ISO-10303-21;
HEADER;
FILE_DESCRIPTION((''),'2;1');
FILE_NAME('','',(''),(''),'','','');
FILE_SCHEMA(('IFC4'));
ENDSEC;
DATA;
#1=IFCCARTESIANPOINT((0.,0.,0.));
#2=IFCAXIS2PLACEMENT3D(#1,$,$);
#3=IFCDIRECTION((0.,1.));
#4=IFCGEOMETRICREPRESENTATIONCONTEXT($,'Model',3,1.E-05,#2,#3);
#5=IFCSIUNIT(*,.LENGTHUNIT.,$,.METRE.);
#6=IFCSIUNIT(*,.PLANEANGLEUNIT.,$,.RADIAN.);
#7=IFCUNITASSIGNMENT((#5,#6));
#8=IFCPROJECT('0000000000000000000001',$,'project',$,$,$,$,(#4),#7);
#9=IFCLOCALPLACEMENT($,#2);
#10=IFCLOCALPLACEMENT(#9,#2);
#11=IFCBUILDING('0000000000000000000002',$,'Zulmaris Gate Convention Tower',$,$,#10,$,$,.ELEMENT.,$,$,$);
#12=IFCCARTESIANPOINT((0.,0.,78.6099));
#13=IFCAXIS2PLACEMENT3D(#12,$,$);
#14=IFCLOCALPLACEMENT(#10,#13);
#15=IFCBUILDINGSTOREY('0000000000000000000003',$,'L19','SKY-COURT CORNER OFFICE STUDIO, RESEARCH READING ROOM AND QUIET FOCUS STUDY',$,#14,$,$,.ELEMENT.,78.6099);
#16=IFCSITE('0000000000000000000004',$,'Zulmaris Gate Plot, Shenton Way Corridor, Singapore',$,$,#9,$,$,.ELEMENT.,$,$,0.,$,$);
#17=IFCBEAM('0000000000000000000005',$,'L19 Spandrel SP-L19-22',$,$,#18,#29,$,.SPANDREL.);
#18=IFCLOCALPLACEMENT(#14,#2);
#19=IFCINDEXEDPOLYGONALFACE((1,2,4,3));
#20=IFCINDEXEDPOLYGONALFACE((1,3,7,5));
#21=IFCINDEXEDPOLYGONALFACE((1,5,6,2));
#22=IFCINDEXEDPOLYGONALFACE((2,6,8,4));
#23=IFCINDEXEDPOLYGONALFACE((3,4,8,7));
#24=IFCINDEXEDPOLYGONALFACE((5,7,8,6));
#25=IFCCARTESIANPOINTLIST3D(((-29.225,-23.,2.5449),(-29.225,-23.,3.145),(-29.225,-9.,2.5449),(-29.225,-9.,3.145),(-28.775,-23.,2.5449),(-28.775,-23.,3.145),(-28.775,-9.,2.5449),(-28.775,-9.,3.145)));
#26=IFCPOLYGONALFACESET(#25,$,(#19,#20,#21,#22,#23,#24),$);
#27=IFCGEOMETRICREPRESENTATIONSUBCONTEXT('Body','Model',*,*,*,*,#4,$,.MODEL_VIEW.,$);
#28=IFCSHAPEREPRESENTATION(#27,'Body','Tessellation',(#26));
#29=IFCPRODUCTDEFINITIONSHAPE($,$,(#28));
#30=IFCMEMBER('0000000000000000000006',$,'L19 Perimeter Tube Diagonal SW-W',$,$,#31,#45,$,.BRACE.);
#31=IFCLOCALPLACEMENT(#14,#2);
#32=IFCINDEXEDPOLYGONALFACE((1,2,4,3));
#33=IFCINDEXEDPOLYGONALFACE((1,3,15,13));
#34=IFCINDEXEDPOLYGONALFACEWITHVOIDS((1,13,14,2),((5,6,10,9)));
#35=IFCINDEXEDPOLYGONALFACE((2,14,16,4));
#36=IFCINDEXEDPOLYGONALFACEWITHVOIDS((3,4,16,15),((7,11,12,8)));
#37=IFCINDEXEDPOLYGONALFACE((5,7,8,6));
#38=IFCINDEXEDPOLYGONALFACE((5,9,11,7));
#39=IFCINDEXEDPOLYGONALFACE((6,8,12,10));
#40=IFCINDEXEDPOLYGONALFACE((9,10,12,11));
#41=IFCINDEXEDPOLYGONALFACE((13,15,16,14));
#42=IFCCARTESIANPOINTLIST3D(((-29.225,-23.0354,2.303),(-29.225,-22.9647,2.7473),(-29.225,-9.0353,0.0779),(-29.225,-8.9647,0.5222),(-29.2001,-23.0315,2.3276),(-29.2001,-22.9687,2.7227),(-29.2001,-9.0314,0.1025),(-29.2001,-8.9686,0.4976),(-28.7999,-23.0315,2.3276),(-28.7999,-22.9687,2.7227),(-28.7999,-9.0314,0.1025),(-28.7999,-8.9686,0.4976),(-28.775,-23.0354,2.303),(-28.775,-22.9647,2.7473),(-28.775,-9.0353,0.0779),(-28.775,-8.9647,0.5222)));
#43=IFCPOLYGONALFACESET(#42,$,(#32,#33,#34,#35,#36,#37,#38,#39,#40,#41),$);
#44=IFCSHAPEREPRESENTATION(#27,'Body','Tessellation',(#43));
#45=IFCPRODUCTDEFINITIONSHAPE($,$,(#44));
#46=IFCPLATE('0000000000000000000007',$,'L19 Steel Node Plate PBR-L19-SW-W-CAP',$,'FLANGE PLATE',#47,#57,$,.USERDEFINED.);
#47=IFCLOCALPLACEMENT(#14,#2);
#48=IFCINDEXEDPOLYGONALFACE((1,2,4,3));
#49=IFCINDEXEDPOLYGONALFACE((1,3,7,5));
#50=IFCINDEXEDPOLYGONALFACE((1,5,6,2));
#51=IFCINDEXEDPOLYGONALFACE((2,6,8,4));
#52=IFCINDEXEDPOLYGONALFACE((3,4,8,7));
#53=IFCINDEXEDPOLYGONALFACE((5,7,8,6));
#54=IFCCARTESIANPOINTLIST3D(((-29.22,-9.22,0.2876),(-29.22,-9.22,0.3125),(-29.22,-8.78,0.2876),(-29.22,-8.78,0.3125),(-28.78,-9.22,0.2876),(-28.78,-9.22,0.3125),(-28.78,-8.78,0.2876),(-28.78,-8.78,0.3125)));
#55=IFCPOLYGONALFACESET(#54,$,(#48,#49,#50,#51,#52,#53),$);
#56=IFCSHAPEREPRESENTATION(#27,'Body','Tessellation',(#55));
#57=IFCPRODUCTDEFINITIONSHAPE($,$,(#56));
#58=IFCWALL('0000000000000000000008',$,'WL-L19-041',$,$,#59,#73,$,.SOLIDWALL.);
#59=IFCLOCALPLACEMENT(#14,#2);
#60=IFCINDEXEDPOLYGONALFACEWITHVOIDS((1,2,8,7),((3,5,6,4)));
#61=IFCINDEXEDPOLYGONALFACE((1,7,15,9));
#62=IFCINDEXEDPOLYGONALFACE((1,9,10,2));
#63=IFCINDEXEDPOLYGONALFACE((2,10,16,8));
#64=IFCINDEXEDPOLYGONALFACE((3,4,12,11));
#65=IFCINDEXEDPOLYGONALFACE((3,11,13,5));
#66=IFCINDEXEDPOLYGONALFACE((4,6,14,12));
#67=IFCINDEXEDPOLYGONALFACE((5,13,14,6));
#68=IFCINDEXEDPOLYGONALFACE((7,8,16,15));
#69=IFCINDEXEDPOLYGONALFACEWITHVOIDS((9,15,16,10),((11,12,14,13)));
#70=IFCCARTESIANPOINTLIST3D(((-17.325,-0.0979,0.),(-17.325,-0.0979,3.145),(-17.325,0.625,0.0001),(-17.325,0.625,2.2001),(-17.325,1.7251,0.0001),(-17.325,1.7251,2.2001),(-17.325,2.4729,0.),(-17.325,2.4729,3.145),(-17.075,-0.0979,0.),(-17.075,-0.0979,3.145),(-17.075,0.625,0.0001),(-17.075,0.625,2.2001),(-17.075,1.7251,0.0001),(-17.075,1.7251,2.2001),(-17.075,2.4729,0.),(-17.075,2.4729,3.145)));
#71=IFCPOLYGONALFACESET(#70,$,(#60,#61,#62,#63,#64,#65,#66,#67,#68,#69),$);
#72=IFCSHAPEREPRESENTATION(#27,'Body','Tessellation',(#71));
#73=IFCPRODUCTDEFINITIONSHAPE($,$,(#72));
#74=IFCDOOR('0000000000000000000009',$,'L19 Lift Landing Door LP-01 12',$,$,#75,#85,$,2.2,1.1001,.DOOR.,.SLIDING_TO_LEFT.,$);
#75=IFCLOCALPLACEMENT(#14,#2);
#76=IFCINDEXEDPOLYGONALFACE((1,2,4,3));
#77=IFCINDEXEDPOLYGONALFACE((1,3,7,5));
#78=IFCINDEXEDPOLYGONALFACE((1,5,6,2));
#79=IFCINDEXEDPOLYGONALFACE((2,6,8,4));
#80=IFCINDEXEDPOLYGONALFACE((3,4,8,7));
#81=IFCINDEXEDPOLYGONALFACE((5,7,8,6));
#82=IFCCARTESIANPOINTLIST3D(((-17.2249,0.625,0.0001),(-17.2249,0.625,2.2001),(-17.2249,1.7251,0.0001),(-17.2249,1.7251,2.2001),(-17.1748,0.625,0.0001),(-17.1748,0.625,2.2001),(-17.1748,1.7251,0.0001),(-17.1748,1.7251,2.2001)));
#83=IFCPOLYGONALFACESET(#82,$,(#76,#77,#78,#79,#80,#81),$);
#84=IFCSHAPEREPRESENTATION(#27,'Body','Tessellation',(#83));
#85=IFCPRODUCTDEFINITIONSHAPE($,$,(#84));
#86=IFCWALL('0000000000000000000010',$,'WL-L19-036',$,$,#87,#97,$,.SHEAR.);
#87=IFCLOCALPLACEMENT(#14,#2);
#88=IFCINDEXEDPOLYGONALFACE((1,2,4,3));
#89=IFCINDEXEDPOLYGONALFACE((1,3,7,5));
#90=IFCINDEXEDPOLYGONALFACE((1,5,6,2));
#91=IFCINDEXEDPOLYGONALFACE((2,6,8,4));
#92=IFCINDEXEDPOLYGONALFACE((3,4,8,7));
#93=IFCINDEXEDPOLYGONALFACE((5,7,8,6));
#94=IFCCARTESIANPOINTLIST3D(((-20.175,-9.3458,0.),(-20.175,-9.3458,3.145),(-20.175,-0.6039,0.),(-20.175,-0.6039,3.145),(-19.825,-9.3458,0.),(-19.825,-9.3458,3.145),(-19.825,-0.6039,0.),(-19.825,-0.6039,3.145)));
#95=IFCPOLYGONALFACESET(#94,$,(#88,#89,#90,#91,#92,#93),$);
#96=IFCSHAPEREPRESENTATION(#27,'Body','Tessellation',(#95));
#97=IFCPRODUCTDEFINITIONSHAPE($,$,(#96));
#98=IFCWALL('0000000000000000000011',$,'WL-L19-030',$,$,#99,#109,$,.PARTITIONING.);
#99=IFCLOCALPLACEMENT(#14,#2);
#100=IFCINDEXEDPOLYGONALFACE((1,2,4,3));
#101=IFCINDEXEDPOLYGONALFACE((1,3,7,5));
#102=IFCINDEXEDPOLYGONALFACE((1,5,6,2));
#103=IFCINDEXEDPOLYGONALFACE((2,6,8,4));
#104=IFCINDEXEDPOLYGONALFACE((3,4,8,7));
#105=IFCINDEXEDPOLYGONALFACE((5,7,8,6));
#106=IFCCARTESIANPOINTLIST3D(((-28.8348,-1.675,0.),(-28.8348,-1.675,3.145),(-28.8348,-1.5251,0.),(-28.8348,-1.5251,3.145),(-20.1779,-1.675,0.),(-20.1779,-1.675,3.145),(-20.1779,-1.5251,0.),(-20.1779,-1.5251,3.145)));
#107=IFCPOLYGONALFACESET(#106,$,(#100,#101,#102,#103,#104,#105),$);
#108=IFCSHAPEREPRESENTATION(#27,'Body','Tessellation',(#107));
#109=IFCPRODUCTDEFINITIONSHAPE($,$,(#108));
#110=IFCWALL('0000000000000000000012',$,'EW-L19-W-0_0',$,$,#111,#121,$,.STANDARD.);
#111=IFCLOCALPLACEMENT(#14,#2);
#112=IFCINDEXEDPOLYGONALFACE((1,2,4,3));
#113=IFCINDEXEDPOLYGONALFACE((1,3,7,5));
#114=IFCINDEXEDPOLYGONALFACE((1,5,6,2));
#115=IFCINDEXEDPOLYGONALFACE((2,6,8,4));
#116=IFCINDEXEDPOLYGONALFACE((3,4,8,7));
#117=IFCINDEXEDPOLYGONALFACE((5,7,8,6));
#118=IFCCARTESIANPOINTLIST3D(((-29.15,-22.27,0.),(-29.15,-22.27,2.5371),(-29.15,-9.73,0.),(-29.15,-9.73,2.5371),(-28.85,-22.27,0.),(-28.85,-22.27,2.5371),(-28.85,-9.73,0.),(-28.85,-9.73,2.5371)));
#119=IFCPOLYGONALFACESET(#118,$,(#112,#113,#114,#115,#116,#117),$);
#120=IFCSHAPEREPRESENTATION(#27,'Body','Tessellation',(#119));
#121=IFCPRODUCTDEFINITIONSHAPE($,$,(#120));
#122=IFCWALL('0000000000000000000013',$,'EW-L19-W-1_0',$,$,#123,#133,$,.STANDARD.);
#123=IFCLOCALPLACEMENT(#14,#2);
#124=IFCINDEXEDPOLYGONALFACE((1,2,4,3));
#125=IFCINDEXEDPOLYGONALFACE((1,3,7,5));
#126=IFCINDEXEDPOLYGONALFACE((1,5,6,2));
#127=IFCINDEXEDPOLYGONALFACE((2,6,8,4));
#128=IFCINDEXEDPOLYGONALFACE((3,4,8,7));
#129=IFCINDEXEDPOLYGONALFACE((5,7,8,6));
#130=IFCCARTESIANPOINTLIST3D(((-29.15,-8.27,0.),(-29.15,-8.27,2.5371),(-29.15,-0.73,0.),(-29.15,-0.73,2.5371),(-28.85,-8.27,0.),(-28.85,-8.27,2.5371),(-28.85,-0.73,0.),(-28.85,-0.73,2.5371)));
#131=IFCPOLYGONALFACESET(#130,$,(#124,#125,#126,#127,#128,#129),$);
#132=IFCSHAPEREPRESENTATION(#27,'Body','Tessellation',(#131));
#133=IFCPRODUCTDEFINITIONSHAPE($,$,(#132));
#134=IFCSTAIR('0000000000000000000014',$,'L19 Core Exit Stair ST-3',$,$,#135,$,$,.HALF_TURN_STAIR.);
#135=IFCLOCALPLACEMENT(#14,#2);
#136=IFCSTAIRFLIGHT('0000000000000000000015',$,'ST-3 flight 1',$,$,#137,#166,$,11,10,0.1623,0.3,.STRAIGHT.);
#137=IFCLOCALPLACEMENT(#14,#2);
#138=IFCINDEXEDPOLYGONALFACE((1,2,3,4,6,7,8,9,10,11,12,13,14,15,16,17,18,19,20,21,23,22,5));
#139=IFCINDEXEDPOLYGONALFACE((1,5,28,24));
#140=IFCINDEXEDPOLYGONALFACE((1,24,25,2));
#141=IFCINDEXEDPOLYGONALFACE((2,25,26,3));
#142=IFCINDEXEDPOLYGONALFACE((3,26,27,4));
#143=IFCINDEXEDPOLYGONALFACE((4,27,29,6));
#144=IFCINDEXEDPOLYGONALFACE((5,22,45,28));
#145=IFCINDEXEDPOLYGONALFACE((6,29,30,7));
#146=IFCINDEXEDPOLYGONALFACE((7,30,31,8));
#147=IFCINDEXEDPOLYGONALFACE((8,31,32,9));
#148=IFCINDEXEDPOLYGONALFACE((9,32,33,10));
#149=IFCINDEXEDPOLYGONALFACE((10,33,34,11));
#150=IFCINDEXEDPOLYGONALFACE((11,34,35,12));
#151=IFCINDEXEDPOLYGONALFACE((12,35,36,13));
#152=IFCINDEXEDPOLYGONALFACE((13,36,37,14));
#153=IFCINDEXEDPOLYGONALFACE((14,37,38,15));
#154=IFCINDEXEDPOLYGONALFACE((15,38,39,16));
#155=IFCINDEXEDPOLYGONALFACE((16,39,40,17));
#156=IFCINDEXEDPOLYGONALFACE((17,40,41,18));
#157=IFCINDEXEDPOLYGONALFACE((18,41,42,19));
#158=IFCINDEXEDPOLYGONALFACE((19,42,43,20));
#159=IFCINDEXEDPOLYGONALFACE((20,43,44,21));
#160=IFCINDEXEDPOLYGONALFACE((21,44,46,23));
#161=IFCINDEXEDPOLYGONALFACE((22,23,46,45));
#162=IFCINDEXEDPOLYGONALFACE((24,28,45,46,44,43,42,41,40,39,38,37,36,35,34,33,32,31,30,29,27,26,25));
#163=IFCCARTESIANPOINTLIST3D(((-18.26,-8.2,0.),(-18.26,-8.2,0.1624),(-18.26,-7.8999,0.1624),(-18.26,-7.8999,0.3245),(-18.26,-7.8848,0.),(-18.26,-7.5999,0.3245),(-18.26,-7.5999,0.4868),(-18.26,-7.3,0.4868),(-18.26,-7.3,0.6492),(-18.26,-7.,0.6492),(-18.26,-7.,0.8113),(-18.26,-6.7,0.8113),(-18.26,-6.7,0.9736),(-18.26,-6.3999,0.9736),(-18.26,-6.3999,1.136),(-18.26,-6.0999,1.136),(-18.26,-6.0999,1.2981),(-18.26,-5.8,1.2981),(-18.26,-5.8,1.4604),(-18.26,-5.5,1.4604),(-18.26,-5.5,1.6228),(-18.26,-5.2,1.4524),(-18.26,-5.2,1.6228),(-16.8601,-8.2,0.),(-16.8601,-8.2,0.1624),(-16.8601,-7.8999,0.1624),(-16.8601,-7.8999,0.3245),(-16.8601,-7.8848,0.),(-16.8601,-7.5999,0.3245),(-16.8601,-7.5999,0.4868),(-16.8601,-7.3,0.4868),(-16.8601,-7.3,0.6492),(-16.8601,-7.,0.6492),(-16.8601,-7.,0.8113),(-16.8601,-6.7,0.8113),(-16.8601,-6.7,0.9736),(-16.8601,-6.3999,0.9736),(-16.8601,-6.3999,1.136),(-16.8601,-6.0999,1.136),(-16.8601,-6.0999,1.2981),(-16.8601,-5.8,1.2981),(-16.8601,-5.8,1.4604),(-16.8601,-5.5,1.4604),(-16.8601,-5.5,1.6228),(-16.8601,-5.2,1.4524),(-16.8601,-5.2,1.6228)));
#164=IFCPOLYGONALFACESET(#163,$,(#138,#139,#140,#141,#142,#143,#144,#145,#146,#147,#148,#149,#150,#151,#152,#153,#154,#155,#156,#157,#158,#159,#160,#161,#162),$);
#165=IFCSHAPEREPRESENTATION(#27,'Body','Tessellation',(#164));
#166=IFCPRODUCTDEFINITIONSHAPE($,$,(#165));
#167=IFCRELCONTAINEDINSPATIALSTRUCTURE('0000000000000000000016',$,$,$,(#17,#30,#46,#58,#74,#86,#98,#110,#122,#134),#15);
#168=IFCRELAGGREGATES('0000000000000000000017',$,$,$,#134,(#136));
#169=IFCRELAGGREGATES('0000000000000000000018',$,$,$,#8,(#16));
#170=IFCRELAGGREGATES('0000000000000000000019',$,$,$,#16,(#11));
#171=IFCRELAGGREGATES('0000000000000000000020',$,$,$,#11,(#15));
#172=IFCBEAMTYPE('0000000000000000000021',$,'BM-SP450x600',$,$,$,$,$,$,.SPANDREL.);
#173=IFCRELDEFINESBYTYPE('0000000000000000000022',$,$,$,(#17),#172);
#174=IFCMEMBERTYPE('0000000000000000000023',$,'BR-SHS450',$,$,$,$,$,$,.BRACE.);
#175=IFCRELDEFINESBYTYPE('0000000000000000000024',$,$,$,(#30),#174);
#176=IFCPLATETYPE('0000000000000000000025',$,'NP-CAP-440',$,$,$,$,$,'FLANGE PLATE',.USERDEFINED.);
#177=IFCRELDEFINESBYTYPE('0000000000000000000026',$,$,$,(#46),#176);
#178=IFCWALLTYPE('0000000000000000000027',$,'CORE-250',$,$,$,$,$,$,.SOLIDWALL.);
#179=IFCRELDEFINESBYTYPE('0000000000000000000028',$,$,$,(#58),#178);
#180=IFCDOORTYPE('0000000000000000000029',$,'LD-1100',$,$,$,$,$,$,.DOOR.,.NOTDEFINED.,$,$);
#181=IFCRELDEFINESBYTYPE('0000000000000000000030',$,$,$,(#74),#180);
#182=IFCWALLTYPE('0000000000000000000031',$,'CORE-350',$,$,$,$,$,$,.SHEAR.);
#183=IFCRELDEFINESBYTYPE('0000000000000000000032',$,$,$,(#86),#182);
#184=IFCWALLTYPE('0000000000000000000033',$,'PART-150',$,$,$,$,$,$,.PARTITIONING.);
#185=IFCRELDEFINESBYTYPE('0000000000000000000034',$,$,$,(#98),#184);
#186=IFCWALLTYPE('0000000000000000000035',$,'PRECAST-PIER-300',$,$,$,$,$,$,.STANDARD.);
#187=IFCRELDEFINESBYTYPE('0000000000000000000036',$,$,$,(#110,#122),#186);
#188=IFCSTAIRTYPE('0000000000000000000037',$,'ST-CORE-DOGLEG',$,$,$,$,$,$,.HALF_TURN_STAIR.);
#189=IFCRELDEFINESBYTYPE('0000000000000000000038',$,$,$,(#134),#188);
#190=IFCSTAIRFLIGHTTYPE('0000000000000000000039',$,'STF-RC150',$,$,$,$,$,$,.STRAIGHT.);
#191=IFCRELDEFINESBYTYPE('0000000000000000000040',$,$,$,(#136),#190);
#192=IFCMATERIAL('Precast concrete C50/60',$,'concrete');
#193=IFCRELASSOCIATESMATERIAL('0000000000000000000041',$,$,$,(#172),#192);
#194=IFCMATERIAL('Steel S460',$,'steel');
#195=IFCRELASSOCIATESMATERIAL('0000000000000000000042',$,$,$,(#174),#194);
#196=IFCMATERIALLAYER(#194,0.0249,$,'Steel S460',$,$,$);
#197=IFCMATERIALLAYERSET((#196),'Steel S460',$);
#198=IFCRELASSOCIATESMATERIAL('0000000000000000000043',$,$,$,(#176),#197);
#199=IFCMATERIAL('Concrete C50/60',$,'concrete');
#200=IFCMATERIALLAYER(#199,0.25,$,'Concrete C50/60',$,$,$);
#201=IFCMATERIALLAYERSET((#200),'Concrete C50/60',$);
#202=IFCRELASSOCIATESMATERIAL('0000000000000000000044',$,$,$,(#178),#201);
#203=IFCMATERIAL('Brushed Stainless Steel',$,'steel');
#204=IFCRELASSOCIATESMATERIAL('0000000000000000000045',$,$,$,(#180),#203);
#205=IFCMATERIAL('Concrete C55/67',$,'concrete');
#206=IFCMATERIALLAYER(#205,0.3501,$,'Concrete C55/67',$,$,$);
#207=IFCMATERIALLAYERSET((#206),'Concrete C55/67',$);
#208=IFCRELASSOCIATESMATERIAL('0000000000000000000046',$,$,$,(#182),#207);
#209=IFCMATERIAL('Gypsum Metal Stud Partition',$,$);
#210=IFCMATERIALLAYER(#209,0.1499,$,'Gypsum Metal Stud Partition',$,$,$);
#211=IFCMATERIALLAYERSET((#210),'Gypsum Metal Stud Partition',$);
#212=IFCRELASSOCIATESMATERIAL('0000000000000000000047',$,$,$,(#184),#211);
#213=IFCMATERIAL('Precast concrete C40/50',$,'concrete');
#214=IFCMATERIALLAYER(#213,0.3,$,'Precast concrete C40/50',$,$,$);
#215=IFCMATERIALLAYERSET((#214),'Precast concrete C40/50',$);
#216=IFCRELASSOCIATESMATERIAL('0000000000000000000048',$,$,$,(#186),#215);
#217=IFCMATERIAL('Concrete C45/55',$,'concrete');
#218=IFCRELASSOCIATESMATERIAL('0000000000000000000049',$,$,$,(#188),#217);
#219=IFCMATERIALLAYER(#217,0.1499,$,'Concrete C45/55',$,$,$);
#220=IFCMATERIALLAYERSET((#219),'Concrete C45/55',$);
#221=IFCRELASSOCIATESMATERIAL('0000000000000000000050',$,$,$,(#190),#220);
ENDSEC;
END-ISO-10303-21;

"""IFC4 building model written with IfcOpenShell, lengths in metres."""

from ifc_helpers import new_model, si_unit, direction, frame, frame_2d, origin, origin_2d, place, context, subcontext, project, spatial, polyline, rectangle, hollow_rectangle, outline, extrude, material, layer, layer_set, material_profile, profile_set, type_object, element, fill, aggregate, save


model = new_model("IFC4")

# Units and contexts
model_context = context("Model", 3, precision=1e-05, world=origin(), true_north=direction((0.0, 1.0)))
body_context = subcontext(model_context, "Body", "Model", "MODEL_VIEW")
ifc_project = project(units=[si_unit("LENGTHUNIT", "METRE"), si_unit("PLANEANGLEUNIT", "RADIAN")], contexts=[model_context])

# Site, building, storey
site_placement = place(None, origin())
site = spatial("IfcSite", under=ifc_project, at=site_placement, Name="Zulmaris Gate Plot, Shenton Way Corridor, Singapore", CompositionType="ELEMENT", RefElevation=0.0)
building_placement = place(site_placement, origin())
building = spatial("IfcBuilding", under=site, at=building_placement, Name="Zulmaris Gate Convention Tower", CompositionType="ELEMENT")
storey_placement = place(building_placement, frame((0.0, 0.0, 78.6099)))
storey = spatial("IfcBuildingStorey", under=building, at=storey_placement, Name="L19", Description="SKY-COURT CORNER OFFICE STUDIO, RESEARCH READING ROOM AND QUIET FOCUS STUDY", CompositionType="ELEMENT", Elevation=78.6099)

# Beam
ifc_material_1 = material(Name="Precast concrete C50/60", Category="concrete")
ifc_material_profile_1 = material_profile(ifc_material_1, rectangle(XDim=0.45, YDim=0.6001, at=origin_2d()), Name="RC SPANDREL 450x600")
ifc_profile_set_1 = profile_set([ifc_material_profile_1], Name="Precast concrete C50/60")
beam_type_1 = type_object("IfcBeamType", Name="BM-SP450x600", PredefinedType="SPANDREL", material=ifc_profile_set_1)
beam_1_placement = place(storey_placement, frame((-29.0, -9.0, 2.845), z_axis=(0.0, -1.0, 0.0), x_axis=(1.0, 0.0, 0.0)))
element("IfcBeam", 1, at=beam_1_placement, inside=storey, type_object=beam_type_1, Name="L19 Spandrel SP-L19-22", PredefinedType="SPANDREL", context=body_context, shape_type="SweptSolid", body=[
    extrude(rectangle(XDim=0.45, YDim=0.6001, at=origin_2d()), origin(), (0.0, 0.0, 1.0), 14.0),
])

# Member
ifc_material_2 = material(Name="Steel S460", Category="steel")
ifc_material_profile_2 = material_profile(ifc_material_2, hollow_rectangle(XDim=0.45, YDim=0.45, WallThickness=0.0249, at=origin_2d()), Name="SHS 450x450x25")
ifc_profile_set_2 = profile_set([ifc_material_profile_2], Name="Steel S460")
member_type = type_object("IfcMemberType", Name="BR-SHS450", PredefinedType="BRACE", material=ifc_profile_set_2)
member_placement = place(storey_placement, frame((-29.0, -9.0, 0.3), z_axis=(0.0, -0.987604, 0.156965), x_axis=(1.0, 0.0, 0.0)))
element("IfcMember", 2, at=member_placement, inside=storey, type_object=member_type, Name="L19 Perimeter Tube Diagonal SW-W", PredefinedType="BRACE", context=body_context, shape_type="SweptSolid", body=[
    extrude(hollow_rectangle(XDim=0.45, YDim=0.45, WallThickness=0.0249, at=origin_2d()), origin(), (0.0, 0.0, 1.0), 14.1758),
])

# Plate
ifc_layer_1 = layer(ifc_material_2, 0.0249, Name="Steel S460")
ifc_layer_set_1 = layer_set([ifc_layer_1], Name="Steel S460")
plate_type = type_object("IfcPlateType", Name="NP-CAP-440", ElementType="FLANGE PLATE", PredefinedType="USERDEFINED", material=ifc_layer_set_1)
plate_placement = place(storey_placement, frame((-29.0, -9.0, 0.2876), z_axis=(0.0, 0.0, 1.0), x_axis=(1.0, 0.0, 0.0)))
element("IfcPlate", 3, at=plate_placement, inside=storey, type_object=plate_type, Name="L19 Steel Node Plate PBR-L19-SW-W-CAP", ObjectType="FLANGE PLATE", PredefinedType="USERDEFINED", context=body_context, shape_type="SweptSolid", body=[
    extrude(rectangle(XDim=0.4399, YDim=0.4399, at=origin_2d()), origin(), (0.0, 0.0, 1.0), 0.0249),
])

# Wall, opening, door
ifc_material_3 = material(Name="Concrete C50/60", Category="concrete")
ifc_layer_2 = layer(ifc_material_3, 0.25, Name="Concrete C50/60")
ifc_layer_set_2 = layer_set([ifc_layer_2], Name="Concrete C50/60")
wall_type_1 = type_object("IfcWallType", Name="CORE-250", PredefinedType="SOLIDWALL", material=ifc_layer_set_2)
wall_1_placement = place(storey_placement, frame((-17.2, -0.0979, 0.0), z_axis=(0.0, 0.0, 1.0), x_axis=(0.0, 1.0, 0.0)))
wall_1 = element("IfcWall", 4, at=wall_1_placement, inside=storey, type_object=wall_type_1, Name="WL-L19-041", PredefinedType="SOLIDWALL", context=body_context, shape_type="SweptSolid", body=[
    extrude(rectangle(XDim=2.5708, YDim=0.25, at=frame_2d((1.2854, 0.0))), origin(), (0.0, 0.0, 1.0), 3.145),
])
opening_1_placement = place(wall_1_placement, frame((0.7229, 0.0, 0.0)))
opening_1 = element("IfcOpeningElement", 5, at=opening_1_placement, cuts=wall_1, PredefinedType="OPENING", context=body_context, shape_type="SweptSolid", body=[
    extrude(rectangle(XDim=1.1001, YDim=2.2, at=frame_2d((0.55, 1.1001))), frame((0.0, 0.135, 0.0), z_axis=(0.0, -1.0, 0.0), x_axis=(1.0, 0.0, 0.0)), (0.0, 0.0, 1.0), 0.27),
])
ifc_material_4 = material(Name="Brushed Stainless Steel", Category="steel")
door_type_1 = type_object("IfcDoorType", Name="LD-1100", OperationType="NOTDEFINED", PredefinedType="DOOR", material=ifc_material_4)
door_1_placement = place(opening_1_placement, origin())
door_1 = element("IfcDoor", 6, at=door_1_placement, inside=storey, type_object=door_type_1, Name="L19 Lift Landing Door LP-01 12", OperationType="SLIDING_TO_LEFT", OverallHeight=2.2, OverallWidth=1.1001, PredefinedType="DOOR", context=body_context, shape_type="SweptSolid", body=[
    extrude(rectangle(XDim=1.1001, YDim=2.2, at=frame_2d((0.55, 1.1001))), frame((0.0, 0.0249, 0.0), z_axis=(0.0, -1.0, 0.0), x_axis=(1.0, 0.0, 0.0)), (0.0, 0.0, 1.0), 0.05),
])
fill(opening_1, door_1)

# Walls
ifc_material_5 = material(Name="Concrete C55/67", Category="concrete")
ifc_layer_3 = layer(ifc_material_5, 0.3501, Name="Concrete C55/67")
ifc_layer_set_3 = layer_set([ifc_layer_3], Name="Concrete C55/67")
wall_type_2 = type_object("IfcWallType", Name="CORE-350", PredefinedType="SHEAR", material=ifc_layer_set_3)
wall_2_placement = place(storey_placement, frame((-20.0, -9.3459, 0.0), z_axis=(0.0, 0.0, 1.0), x_axis=(0.0, 1.0, 0.0)))
element("IfcWall", 7, at=wall_2_placement, inside=storey, type_object=wall_type_2, Name="WL-L19-036", PredefinedType="SHEAR", context=body_context, shape_type="SweptSolid", body=[
    extrude(rectangle(XDim=8.7419, YDim=0.3501, at=frame_2d((4.3711, 0.0))), origin(), (0.0, 0.0, 1.0), 3.145),
])
ifc_material_6 = material(Name="Gypsum Metal Stud Partition")
ifc_layer_4 = layer(ifc_material_6, 0.1499, Name="Gypsum Metal Stud Partition")
ifc_layer_set_4 = layer_set([ifc_layer_4], Name="Gypsum Metal Stud Partition")
wall_type_3 = type_object("IfcWallType", Name="PART-150", PredefinedType="PARTITIONING", material=ifc_layer_set_4)
wall_3_placement = place(storey_placement, frame((-28.835, -1.6001, 0.0), z_axis=(0.0, 0.0, 1.0), x_axis=(1.0, 0.0, 0.0)))
element("IfcWall", 8, at=wall_3_placement, inside=storey, type_object=wall_type_3, Name="WL-L19-030", PredefinedType="PARTITIONING", context=body_context, shape_type="SweptSolid", body=[
    extrude(rectangle(XDim=8.657, YDim=0.1499, at=frame_2d((4.3286, 0.0))), origin(), (0.0, 0.0, 1.0), 3.145),
])
ifc_material_7 = material(Name="Precast concrete C40/50", Category="concrete")
ifc_layer_5 = layer(ifc_material_7, 0.3, Name="Precast concrete C40/50")
ifc_layer_set_5 = layer_set([ifc_layer_5], Name="Precast concrete C40/50")
wall_type_4 = type_object("IfcWallType", Name="PRECAST-PIER-300", PredefinedType="STANDARD", material=ifc_layer_set_5)
wall_4_placement = place(storey_placement, frame((-29.0, -9.73, 0.0), z_axis=(0.0, 0.0, 1.0), x_axis=(0.0, -1.0, 0.0)))
element("IfcWall", 9, at=wall_4_placement, inside=storey, type_object=wall_type_4, Name="EW-L19-W-0_0", PredefinedType="STANDARD", context=body_context, shape_type="SweptSolid", body=[
    extrude(rectangle(XDim=12.54, YDim=0.3, at=frame_2d((6.27, 0.0))), origin(), (0.0, 0.0, 1.0), 2.5371),
])
wall_5_placement = place(storey_placement, frame((-29.0, -0.73, 0.0), z_axis=(0.0, 0.0, 1.0), x_axis=(0.0, -1.0, 0.0)))
element("IfcWall", 10, at=wall_5_placement, inside=storey, type_object=wall_type_4, Name="EW-L19-W-1_0", PredefinedType="STANDARD", context=body_context, shape_type="SweptSolid", body=[
    extrude(rectangle(XDim=7.54, YDim=0.3, at=frame_2d((3.77, 0.0))), origin(), (0.0, 0.0, 1.0), 2.5371),
])

# Stair, stair flight
ifc_material_8 = material(Name="Concrete C45/55", Category="concrete")
stair_type = type_object("IfcStairType", Name="ST-CORE-DOGLEG", PredefinedType="HALF_TURN_STAIR", material=ifc_material_8)
stair_placement = place(storey_placement, origin())
stair = element("IfcStair", 11, at=stair_placement, inside=storey, type_object=stair_type, Name="L19 Core Exit Stair ST-3", PredefinedType="HALF_TURN_STAIR")
ifc_layer_6 = layer(ifc_material_8, 0.1499, Name="Concrete C45/55")
ifc_layer_set_6 = layer_set([ifc_layer_6], Name="Concrete C45/55")
stair_flight_type = type_object("IfcStairFlightType", Name="STF-RC150", PredefinedType="STRAIGHT", material=ifc_layer_set_6)
stair_flight_1_placement = place(storey_placement, frame((-17.5601, -8.2, 0.0), z_axis=(0.0, 0.0, 1.0), x_axis=(0.0, 1.0, 0.0)))
stair_flight_1 = element("IfcStairFlight", 12, at=stair_flight_1_placement, type_object=stair_flight_type, Name="ST-3 flight 1", NumberOfRisers=11, NumberOfTreads=10, PredefinedType="STRAIGHT", RiserHeight=0.1623, TreadLength=0.3, context=body_context, shape_type="SweptSolid", body=[
    extrude(outline(polyline([(0.0, 0.0), (0.0, 0.1624), (0.3, 0.1624), (0.3, 0.3245), (0.6001, 0.3245), (0.6001, 0.4868), (0.8999, 0.4868), (0.8999, 0.6492), (1.2, 0.6492), (1.2, 0.8113), (1.5, 0.8113), (1.5, 0.9736), (1.8, 0.9736), (1.8, 1.136), (2.1001, 1.136), (2.1001, 1.2981), (2.3999, 1.2981), (2.3999, 1.4604), (2.7, 1.4604), (2.7, 1.6228), (3.0, 1.6228), (3.0, 1.7849), (3.0, 1.4524), (0.3152, 0.0), (0.0, 0.0)])), frame((0.0, 0.7, 0.0), z_axis=(0.0, -1.0, 0.0), x_axis=(1.0, 0.0, 0.0)), (0.0, 0.0, 1.0), 1.3999),
])
aggregate(stair, [stair_flight_1])

save(model, "model.ifc")
